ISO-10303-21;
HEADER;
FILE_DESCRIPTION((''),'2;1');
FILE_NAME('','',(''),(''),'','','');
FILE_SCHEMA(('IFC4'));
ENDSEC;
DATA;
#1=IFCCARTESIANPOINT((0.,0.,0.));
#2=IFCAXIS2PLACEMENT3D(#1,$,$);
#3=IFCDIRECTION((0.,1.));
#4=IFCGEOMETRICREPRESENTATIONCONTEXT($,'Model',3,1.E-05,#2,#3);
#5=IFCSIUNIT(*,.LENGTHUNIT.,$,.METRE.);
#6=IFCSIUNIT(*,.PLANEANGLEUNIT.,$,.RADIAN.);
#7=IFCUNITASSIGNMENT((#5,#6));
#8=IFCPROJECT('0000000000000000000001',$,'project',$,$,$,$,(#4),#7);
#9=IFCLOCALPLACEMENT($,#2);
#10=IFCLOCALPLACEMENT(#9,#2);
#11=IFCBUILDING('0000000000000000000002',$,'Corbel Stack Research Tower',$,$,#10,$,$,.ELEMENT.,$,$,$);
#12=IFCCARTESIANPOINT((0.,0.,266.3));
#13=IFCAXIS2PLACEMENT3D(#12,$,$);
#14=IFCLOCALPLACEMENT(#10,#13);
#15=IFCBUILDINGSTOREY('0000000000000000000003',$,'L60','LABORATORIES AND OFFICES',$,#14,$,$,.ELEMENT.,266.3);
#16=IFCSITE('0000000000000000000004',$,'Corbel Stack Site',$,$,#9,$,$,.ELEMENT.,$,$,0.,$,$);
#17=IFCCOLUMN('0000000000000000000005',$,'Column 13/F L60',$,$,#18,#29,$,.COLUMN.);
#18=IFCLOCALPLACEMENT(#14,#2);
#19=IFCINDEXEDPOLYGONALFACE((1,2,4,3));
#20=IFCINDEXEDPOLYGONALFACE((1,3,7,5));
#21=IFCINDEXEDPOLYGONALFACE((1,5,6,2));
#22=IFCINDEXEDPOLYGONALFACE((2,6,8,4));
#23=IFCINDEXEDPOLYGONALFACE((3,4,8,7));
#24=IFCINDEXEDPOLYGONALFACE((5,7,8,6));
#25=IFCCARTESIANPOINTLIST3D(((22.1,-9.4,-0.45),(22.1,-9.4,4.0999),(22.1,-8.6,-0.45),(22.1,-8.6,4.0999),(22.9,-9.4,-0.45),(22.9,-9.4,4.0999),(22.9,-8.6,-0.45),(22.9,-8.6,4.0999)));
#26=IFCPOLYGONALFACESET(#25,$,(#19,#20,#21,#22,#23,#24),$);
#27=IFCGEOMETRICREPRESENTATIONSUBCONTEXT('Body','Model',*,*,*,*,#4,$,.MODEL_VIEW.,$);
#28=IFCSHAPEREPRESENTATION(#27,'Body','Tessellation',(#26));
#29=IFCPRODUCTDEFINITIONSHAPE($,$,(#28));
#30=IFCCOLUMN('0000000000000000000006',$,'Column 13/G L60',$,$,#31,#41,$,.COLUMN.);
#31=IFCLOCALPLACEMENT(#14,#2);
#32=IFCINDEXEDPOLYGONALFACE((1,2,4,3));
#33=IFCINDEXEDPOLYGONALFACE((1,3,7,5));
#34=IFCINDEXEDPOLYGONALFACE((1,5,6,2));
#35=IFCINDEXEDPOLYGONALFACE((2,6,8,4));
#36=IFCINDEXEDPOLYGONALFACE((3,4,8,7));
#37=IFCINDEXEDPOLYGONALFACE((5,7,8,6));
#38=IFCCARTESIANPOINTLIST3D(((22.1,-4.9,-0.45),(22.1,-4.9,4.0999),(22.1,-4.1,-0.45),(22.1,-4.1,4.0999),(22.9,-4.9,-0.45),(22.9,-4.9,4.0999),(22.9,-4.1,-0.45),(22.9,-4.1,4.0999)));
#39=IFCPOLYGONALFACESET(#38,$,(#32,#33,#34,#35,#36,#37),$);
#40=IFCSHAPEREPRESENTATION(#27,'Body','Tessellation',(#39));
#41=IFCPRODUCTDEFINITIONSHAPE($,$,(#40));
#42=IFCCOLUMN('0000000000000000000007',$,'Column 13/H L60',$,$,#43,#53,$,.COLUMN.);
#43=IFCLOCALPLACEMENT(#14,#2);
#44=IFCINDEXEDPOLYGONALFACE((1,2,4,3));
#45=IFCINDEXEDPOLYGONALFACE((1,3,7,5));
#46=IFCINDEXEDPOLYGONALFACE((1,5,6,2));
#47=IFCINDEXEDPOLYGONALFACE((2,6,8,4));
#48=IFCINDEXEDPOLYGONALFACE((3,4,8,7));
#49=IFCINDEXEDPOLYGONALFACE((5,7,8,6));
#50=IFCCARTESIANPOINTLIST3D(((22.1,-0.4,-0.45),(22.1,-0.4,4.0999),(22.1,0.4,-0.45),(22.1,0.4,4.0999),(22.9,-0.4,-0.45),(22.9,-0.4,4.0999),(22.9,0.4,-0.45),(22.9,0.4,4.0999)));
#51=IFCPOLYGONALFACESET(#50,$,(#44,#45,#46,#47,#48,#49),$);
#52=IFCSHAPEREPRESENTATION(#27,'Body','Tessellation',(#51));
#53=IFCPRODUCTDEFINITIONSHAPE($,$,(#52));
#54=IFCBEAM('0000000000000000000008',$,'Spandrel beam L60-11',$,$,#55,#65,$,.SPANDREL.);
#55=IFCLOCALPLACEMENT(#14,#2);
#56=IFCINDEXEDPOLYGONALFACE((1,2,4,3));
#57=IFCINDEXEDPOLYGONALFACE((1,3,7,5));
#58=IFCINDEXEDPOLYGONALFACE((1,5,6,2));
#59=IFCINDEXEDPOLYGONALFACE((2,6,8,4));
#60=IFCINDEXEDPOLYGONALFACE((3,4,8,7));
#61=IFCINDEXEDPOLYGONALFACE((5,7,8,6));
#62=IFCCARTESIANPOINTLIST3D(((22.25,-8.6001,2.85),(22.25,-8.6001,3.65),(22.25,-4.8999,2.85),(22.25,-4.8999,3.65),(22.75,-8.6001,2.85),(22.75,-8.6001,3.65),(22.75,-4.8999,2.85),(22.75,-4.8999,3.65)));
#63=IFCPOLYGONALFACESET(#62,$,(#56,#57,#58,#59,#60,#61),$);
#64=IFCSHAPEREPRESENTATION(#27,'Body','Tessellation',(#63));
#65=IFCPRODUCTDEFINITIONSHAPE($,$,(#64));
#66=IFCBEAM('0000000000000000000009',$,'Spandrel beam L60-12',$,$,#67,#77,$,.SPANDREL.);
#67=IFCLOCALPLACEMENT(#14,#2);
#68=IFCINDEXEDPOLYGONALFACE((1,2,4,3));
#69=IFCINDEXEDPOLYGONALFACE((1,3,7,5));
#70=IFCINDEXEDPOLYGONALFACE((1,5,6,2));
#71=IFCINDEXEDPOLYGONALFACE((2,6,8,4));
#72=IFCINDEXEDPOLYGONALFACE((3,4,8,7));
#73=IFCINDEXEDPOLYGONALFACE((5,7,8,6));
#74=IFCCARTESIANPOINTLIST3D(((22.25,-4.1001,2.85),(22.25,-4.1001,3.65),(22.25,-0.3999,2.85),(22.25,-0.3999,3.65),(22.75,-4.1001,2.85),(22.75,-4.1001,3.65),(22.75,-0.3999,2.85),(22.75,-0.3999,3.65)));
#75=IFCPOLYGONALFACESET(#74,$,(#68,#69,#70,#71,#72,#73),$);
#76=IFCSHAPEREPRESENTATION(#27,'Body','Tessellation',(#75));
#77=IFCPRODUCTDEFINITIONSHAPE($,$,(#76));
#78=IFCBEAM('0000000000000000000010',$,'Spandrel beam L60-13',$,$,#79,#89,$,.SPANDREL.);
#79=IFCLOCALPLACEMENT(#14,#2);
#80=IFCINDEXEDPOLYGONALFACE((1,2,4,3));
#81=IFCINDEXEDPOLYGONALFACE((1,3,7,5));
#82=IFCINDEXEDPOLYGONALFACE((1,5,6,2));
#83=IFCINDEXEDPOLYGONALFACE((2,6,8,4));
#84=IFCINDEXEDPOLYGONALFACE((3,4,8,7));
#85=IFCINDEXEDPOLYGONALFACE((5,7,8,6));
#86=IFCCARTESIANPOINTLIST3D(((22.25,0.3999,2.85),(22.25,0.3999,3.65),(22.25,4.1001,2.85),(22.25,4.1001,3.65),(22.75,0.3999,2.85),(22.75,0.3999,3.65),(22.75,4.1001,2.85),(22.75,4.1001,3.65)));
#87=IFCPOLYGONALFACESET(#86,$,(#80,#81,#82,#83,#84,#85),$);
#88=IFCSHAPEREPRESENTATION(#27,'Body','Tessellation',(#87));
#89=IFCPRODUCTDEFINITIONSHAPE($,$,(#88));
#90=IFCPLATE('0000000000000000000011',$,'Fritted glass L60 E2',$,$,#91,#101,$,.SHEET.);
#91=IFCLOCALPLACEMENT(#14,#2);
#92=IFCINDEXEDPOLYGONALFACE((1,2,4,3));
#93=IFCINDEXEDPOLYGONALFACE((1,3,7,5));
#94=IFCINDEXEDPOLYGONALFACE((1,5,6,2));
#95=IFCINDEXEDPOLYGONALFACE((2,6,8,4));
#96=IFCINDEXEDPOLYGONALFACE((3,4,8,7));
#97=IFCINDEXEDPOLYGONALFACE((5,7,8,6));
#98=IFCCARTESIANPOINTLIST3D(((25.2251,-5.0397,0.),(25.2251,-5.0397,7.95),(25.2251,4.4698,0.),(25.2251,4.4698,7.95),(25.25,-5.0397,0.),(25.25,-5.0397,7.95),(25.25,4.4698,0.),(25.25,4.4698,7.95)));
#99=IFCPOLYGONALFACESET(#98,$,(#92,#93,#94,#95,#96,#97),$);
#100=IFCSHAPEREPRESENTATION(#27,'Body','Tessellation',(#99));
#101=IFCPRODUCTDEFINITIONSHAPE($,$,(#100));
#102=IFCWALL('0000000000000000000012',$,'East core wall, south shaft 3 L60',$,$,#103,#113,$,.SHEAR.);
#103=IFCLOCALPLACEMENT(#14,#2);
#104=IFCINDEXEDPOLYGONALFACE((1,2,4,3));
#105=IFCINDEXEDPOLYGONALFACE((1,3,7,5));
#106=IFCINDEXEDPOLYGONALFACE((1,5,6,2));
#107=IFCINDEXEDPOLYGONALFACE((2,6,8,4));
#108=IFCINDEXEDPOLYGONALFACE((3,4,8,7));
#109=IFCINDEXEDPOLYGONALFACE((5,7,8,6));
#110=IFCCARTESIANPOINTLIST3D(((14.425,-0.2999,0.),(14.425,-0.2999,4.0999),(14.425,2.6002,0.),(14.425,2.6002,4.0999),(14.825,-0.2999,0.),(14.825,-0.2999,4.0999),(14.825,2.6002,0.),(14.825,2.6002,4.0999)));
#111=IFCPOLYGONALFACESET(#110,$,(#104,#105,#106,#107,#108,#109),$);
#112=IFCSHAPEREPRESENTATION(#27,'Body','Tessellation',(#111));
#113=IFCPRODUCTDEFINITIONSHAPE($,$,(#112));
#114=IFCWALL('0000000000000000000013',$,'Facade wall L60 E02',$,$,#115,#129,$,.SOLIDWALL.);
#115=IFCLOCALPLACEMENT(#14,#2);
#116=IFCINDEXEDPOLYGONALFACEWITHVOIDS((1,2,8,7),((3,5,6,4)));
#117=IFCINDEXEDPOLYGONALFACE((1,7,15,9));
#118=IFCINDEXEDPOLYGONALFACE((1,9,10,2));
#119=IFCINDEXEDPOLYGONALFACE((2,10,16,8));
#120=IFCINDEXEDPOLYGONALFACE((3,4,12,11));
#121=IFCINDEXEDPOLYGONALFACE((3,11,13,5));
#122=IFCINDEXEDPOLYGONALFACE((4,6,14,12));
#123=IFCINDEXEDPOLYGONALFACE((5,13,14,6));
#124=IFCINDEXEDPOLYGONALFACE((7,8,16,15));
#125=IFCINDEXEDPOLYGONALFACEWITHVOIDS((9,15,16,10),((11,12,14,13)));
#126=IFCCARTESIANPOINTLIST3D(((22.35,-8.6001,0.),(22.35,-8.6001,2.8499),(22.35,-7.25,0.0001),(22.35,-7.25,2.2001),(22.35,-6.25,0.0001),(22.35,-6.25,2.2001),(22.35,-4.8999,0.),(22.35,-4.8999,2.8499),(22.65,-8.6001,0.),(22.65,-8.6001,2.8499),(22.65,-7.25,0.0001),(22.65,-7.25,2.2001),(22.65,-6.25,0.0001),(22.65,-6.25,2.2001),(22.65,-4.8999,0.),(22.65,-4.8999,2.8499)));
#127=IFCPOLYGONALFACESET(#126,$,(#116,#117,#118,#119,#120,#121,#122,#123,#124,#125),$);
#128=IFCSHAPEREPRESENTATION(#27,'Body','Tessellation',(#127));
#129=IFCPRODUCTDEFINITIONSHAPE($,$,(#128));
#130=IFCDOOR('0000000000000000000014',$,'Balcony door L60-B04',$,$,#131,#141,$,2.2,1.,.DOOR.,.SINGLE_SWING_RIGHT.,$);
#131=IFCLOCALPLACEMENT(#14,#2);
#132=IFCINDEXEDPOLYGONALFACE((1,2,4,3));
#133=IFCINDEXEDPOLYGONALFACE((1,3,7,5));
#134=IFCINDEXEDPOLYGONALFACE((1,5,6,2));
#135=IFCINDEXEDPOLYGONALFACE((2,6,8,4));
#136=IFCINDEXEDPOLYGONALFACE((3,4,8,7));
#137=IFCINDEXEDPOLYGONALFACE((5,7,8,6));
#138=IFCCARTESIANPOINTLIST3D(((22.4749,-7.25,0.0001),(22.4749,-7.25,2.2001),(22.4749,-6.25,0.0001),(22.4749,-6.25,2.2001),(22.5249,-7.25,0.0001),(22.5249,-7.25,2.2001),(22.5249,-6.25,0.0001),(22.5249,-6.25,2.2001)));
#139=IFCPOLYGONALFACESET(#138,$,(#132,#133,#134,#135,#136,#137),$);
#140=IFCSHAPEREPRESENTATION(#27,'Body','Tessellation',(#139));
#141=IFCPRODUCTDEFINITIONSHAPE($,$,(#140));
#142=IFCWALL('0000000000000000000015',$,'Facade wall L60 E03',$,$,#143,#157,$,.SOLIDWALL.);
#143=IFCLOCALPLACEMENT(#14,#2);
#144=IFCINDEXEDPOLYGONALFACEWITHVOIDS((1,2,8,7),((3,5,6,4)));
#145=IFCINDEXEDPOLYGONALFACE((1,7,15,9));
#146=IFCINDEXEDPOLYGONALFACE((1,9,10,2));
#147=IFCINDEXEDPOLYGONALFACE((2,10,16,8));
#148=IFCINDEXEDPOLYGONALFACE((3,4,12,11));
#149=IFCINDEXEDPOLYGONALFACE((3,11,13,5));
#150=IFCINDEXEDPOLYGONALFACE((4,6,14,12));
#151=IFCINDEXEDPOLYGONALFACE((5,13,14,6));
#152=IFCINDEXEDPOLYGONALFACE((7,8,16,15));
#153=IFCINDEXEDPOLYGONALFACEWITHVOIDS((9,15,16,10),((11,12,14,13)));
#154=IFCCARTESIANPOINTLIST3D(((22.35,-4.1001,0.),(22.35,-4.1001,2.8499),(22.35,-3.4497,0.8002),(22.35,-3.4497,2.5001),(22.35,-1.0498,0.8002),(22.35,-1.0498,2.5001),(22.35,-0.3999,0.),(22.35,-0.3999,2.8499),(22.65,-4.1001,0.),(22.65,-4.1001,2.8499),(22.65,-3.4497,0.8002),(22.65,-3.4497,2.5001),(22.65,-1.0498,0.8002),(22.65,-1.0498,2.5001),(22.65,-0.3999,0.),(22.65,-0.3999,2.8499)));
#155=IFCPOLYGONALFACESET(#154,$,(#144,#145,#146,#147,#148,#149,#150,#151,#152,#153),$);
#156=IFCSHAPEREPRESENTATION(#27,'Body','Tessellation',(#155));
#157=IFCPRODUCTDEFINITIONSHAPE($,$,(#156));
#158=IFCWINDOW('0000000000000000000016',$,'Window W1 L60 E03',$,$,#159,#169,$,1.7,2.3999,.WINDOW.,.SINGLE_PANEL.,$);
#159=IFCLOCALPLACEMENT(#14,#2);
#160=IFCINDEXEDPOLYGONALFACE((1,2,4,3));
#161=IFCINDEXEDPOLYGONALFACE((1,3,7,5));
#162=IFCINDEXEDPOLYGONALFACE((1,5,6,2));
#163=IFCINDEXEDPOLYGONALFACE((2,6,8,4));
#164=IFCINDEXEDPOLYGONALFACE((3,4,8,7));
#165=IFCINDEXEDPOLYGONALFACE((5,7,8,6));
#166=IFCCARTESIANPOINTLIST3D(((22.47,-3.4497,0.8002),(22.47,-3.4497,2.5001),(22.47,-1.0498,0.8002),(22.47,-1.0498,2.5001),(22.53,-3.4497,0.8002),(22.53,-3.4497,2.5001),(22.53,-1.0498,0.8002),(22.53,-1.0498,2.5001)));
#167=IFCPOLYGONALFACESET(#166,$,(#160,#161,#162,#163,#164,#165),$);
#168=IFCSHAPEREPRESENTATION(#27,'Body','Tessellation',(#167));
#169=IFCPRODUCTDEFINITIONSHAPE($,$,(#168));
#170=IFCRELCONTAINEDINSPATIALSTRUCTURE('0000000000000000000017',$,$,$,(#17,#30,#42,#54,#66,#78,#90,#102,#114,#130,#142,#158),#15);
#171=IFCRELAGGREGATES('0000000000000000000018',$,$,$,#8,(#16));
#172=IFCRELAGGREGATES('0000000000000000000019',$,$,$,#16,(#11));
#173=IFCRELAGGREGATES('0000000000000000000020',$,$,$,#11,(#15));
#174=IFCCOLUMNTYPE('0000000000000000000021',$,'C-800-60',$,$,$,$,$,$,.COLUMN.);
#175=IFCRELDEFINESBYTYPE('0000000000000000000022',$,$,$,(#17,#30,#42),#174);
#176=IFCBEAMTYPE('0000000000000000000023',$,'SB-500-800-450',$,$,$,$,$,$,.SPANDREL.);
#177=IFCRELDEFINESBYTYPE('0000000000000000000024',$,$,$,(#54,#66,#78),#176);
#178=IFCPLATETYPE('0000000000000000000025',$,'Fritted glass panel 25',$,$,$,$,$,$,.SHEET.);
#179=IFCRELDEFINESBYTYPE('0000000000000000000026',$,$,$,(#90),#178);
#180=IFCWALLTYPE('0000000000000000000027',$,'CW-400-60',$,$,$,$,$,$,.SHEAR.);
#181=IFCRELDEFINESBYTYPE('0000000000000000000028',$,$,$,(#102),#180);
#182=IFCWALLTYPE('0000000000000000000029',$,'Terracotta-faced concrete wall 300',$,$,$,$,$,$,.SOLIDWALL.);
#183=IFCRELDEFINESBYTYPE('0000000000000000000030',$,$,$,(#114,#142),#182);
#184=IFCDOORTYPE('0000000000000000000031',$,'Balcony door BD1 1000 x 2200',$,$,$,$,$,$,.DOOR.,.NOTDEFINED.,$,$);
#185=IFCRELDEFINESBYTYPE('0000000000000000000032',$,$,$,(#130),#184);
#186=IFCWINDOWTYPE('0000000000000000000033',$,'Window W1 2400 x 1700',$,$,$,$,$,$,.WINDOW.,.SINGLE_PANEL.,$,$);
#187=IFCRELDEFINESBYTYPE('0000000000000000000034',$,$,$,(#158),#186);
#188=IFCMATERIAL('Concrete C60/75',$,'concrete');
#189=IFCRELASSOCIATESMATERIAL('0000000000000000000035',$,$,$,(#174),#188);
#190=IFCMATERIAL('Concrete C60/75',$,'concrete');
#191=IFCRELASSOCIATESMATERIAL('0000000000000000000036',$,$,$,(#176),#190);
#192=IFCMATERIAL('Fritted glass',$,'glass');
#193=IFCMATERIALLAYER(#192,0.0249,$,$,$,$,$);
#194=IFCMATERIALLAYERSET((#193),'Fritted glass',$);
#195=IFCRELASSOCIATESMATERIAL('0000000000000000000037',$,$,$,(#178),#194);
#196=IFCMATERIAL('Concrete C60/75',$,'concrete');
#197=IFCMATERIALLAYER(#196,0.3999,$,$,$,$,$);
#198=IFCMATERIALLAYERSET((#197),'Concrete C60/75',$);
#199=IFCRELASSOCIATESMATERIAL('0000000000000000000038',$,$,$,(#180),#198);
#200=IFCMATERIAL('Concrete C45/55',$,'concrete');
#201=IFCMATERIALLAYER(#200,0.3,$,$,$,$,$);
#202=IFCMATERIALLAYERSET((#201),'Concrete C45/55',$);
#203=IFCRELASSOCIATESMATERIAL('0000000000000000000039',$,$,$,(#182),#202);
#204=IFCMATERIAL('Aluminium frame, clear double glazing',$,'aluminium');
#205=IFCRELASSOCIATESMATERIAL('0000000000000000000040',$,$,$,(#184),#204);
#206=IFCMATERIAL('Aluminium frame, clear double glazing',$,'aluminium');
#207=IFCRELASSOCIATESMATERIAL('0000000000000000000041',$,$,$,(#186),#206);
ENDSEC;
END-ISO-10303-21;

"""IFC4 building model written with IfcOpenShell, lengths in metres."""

from ifc_helpers import new_model, si_unit, direction, frame, frame_2d, origin, origin_2d, place, context, subcontext, project, spatial, rectangle, extrude, material, layer, layer_set, material_profile, profile_set, type_object, element, fill, save


model = new_model("IFC4")

# Units and contexts
model_context = context("Model", 3, precision=1e-05, world=origin(), true_north=direction((0.0, 1.0)))
body_context = subcontext(model_context, "Body", "Model", "MODEL_VIEW")
ifc_project = project(units=[si_unit("LENGTHUNIT", "METRE"), si_unit("PLANEANGLEUNIT", "RADIAN")], contexts=[model_context])

# Site, building, storey
site_placement = place(None, origin())
site = spatial("IfcSite", under=ifc_project, at=site_placement, Name="Corbel Stack Site", CompositionType="ELEMENT", RefElevation=0.0)
building_placement = place(site_placement, origin())
building = spatial("IfcBuilding", under=site, at=building_placement, Name="Corbel Stack Research Tower", CompositionType="ELEMENT")
storey_placement = place(building_placement, frame((0.0, 0.0, 266.3)))
storey = spatial("IfcBuildingStorey", under=building, at=storey_placement, Name="L60", Description="LABORATORIES AND OFFICES", CompositionType="ELEMENT", Elevation=266.3)

# Columns
ifc_material_1 = material(Name="Concrete C60/75", Category="concrete")
ifc_material_profile_1 = material_profile(ifc_material_1, rectangle(XDim=0.8, YDim=0.8, at=origin_2d()), Name="RC 800 x 800")
ifc_profile_set_1 = profile_set([ifc_material_profile_1], Name="Concrete C60/75")
column_type = type_object("IfcColumnType", Name="C-800-60", PredefinedType="COLUMN", material=ifc_profile_set_1)
for number, where, z_axis, x_axis, name in (
    (1, (22.5, -9.0, -0.45), (0.0, 0.0, 1.0), (1.0, 0.0, 0.0), "Column 13/F L60"),
    (2, (22.5, -4.5, -0.45), (0.0, 0.0, 1.0), (1.0, 0.0, 0.0), "Column 13/G L60"),
    (3, (22.5, 0.0, -0.45), (0.0, 0.0, 1.0), (1.0, 0.0, 0.0), "Column 13/H L60"),
):
    element("IfcColumn", number, at=place(storey_placement, frame(where, z_axis=z_axis, x_axis=x_axis)), inside=storey, type_object=column_type, Name=name, PredefinedType="COLUMN", context=body_context, shape_type="SweptSolid", body=[
        extrude(rectangle(XDim=0.8, YDim=0.8, at=origin_2d()), origin(), (0.0, 0.0, 1.0), 4.5498),
    ])

# Beams
ifc_material_2 = material(Name="Concrete C60/75", Category="concrete")
ifc_material_profile_2 = material_profile(ifc_material_2, rectangle(XDim=0.5, YDim=0.8, at=origin_2d()), Name="RC 500 x 800")
ifc_profile_set_2 = profile_set([ifc_material_profile_2], Name="Concrete C60/75")
beam_type = type_object("IfcBeamType", Name="SB-500-800-450", PredefinedType="SPANDREL", material=ifc_profile_set_2)
for number, where, z_axis, x_axis, name in (
    (4, (22.5, -8.6001, 3.25), (0.0, 1.0, 0.0), (-1.0, 0.0, 0.0), "Spandrel beam L60-11"),
    (5, (22.5, -4.1001, 3.25), (0.0, 1.0, 0.0), (-1.0, 0.0, 0.0), "Spandrel beam L60-12"),
    (6, (22.5, 0.3999, 3.25), (0.0, 1.0, 0.0), (-1.0, 0.0, 0.0), "Spandrel beam L60-13"),
):
    element("IfcBeam", number, at=place(storey_placement, frame(where, z_axis=z_axis, x_axis=x_axis)), inside=storey, type_object=beam_type, Name=name, PredefinedType="SPANDREL", context=body_context, shape_type="SweptSolid", body=[
        extrude(rectangle(XDim=0.5, YDim=0.8, at=origin_2d()), origin(), (0.0, 0.0, 1.0), 3.7002),
    ])

# Plate
ifc_material_3 = material(Name="Fritted glass", Category="glass")
ifc_layer_1 = layer(ifc_material_3, 0.0249)
ifc_layer_set_1 = layer_set([ifc_layer_1], Name="Fritted glass")
plate_type = type_object("IfcPlateType", Name="Fritted glass panel 25", PredefinedType="SHEET", material=ifc_layer_set_1)
plate_placement = place(storey_placement, frame((25.2375, -0.2849, 0.0), z_axis=(0.0, 0.0, 1.0), x_axis=(0.0, 1.0, 0.0)))
element("IfcPlate", 7, at=plate_placement, inside=storey, type_object=plate_type, Name="Fritted glass L60 E2", PredefinedType="SHEET", context=body_context, shape_type="SweptSolid", body=[
    extrude(rectangle(XDim=9.5095, YDim=0.0249, at=origin_2d()), origin(), (0.0, 0.0, 1.0), 7.95),
])

# Wall
ifc_material_4 = material(Name="Concrete C60/75", Category="concrete")
ifc_layer_2 = layer(ifc_material_4, 0.3999)
ifc_layer_set_2 = layer_set([ifc_layer_2], Name="Concrete C60/75")
wall_type_1 = type_object("IfcWallType", Name="CW-400-60", PredefinedType="SHEAR", material=ifc_layer_set_2)
wall_1_placement = place(storey_placement, frame((14.625, -0.3, 0.0), z_axis=(0.0, 0.0, 1.0), x_axis=(0.0, 1.0, 0.0)))
element("IfcWall", 8, at=wall_1_placement, inside=storey, type_object=wall_type_1, Name="East core wall, south shaft 3 L60", PredefinedType="SHEAR", context=body_context, shape_type="SweptSolid", body=[
    extrude(rectangle(XDim=2.9001, YDim=0.3999, at=frame_2d((1.4502, 0.0))), origin(), (0.0, 0.0, 1.0), 4.0999),
])

# Wall, opening, door
ifc_material_5 = material(Name="Concrete C45/55", Category="concrete")
ifc_layer_3 = layer(ifc_material_5, 0.3)
ifc_layer_set_3 = layer_set([ifc_layer_3], Name="Concrete C45/55")
wall_type_2 = type_object("IfcWallType", Name="Terracotta-faced concrete wall 300", PredefinedType="SOLIDWALL", material=ifc_layer_set_3)
wall_2_placement = place(storey_placement, frame((22.5, -4.8999, 0.0), z_axis=(0.0, 0.0, 1.0), x_axis=(0.0, -1.0, 0.0)))
wall_2 = element("IfcWall", 9, at=wall_2_placement, inside=storey, type_object=wall_type_2, Name="Facade wall L60 E02", PredefinedType="SOLIDWALL", context=body_context, shape_type="SweptSolid", body=[
    extrude(rectangle(XDim=3.7002, YDim=0.3, at=frame_2d((1.8501, 0.0))), origin(), (0.0, 0.0, 1.0), 2.8499),
])
opening_1_placement = place(wall_2_placement, frame((1.3501, 0.0, 0.0)))
opening_1 = element("IfcOpeningElement", 10, at=opening_1_placement, cuts=wall_2, PredefinedType="OPENING", context=body_context, shape_type="SweptSolid", body=[
    extrude(rectangle(XDim=1.0, YDim=2.2, at=frame_2d((0.5, 1.1001))), frame((0.0, 0.1599, 0.0), z_axis=(0.0, -1.0, 0.0), x_axis=(1.0, 0.0, 0.0)), (0.0, 0.0, 1.0), 0.3201),
])
ifc_material_6 = material(Name="Aluminium frame, clear double glazing", Category="aluminium")
door_type = type_object("IfcDoorType", Name="Balcony door BD1 1000 x 2200", OperationType="NOTDEFINED", PredefinedType="DOOR", material=ifc_material_6)
door_placement = place(opening_1_placement, origin())
door = element("IfcDoor", 11, at=door_placement, inside=storey, type_object=door_type, Name="Balcony door L60-B04", OperationType="SINGLE_SWING_RIGHT", OverallHeight=2.2, OverallWidth=1.0, PredefinedType="DOOR", context=body_context, shape_type="SweptSolid", body=[
    extrude(rectangle(XDim=1.0, YDim=2.2, at=frame_2d((0.5, 1.1001))), frame((0.0, 0.0249, 0.0), z_axis=(0.0, -1.0, 0.0), x_axis=(1.0, 0.0, 0.0)), (0.0, 0.0, 1.0), 0.05),
])
fill(opening_1, door)

# Wall, opening, window
wall_3_placement = place(storey_placement, frame((22.5, -0.3999, 0.0), z_axis=(0.0, 0.0, 1.0), x_axis=(0.0, -1.0, 0.0)))
wall_3 = element("IfcWall", 12, at=wall_3_placement, inside=storey, type_object=wall_type_2, Name="Facade wall L60 E03", PredefinedType="SOLIDWALL", context=body_context, shape_type="SweptSolid", body=[
    extrude(rectangle(XDim=3.7002, YDim=0.3, at=frame_2d((1.8501, 0.0))), origin(), (0.0, 0.0, 1.0), 2.8499),
])
opening_2_placement = place(wall_3_placement, frame((0.6499, 0.0, 0.8)))
opening_2 = element("IfcOpeningElement", 13, at=opening_2_placement, cuts=wall_3, PredefinedType="OPENING", context=body_context, shape_type="SweptSolid", body=[
    extrude(rectangle(XDim=2.3999, YDim=1.7, at=frame_2d((1.2, 0.8501))), frame((0.0, 0.1599, 0.0), z_axis=(0.0, -1.0, 0.0), x_axis=(1.0, 0.0, 0.0)), (0.0, 0.0, 1.0), 0.3201),
])
ifc_material_7 = material(Name="Aluminium frame, clear double glazing", Category="aluminium")
window_type = type_object("IfcWindowType", Name="Window W1 2400 x 1700", PartitioningType="SINGLE_PANEL", PredefinedType="WINDOW", material=ifc_material_7)
window_placement = place(opening_2_placement, origin())
window = element("IfcWindow", 14, at=window_placement, inside=storey, type_object=window_type, Name="Window W1 L60 E03", OverallHeight=1.7, OverallWidth=2.3999, PartitioningType="SINGLE_PANEL", PredefinedType="WINDOW", context=body_context, shape_type="SweptSolid", body=[
    extrude(rectangle(XDim=2.3999, YDim=1.7, at=frame_2d((1.2, 0.8501))), frame((0.0, 0.03, 0.0), z_axis=(0.0, -1.0, 0.0), x_axis=(1.0, 0.0, 0.0)), (0.0, 0.0, 1.0), 0.0601),
])
fill(opening_2, window)

save(model, "model.ifc")
